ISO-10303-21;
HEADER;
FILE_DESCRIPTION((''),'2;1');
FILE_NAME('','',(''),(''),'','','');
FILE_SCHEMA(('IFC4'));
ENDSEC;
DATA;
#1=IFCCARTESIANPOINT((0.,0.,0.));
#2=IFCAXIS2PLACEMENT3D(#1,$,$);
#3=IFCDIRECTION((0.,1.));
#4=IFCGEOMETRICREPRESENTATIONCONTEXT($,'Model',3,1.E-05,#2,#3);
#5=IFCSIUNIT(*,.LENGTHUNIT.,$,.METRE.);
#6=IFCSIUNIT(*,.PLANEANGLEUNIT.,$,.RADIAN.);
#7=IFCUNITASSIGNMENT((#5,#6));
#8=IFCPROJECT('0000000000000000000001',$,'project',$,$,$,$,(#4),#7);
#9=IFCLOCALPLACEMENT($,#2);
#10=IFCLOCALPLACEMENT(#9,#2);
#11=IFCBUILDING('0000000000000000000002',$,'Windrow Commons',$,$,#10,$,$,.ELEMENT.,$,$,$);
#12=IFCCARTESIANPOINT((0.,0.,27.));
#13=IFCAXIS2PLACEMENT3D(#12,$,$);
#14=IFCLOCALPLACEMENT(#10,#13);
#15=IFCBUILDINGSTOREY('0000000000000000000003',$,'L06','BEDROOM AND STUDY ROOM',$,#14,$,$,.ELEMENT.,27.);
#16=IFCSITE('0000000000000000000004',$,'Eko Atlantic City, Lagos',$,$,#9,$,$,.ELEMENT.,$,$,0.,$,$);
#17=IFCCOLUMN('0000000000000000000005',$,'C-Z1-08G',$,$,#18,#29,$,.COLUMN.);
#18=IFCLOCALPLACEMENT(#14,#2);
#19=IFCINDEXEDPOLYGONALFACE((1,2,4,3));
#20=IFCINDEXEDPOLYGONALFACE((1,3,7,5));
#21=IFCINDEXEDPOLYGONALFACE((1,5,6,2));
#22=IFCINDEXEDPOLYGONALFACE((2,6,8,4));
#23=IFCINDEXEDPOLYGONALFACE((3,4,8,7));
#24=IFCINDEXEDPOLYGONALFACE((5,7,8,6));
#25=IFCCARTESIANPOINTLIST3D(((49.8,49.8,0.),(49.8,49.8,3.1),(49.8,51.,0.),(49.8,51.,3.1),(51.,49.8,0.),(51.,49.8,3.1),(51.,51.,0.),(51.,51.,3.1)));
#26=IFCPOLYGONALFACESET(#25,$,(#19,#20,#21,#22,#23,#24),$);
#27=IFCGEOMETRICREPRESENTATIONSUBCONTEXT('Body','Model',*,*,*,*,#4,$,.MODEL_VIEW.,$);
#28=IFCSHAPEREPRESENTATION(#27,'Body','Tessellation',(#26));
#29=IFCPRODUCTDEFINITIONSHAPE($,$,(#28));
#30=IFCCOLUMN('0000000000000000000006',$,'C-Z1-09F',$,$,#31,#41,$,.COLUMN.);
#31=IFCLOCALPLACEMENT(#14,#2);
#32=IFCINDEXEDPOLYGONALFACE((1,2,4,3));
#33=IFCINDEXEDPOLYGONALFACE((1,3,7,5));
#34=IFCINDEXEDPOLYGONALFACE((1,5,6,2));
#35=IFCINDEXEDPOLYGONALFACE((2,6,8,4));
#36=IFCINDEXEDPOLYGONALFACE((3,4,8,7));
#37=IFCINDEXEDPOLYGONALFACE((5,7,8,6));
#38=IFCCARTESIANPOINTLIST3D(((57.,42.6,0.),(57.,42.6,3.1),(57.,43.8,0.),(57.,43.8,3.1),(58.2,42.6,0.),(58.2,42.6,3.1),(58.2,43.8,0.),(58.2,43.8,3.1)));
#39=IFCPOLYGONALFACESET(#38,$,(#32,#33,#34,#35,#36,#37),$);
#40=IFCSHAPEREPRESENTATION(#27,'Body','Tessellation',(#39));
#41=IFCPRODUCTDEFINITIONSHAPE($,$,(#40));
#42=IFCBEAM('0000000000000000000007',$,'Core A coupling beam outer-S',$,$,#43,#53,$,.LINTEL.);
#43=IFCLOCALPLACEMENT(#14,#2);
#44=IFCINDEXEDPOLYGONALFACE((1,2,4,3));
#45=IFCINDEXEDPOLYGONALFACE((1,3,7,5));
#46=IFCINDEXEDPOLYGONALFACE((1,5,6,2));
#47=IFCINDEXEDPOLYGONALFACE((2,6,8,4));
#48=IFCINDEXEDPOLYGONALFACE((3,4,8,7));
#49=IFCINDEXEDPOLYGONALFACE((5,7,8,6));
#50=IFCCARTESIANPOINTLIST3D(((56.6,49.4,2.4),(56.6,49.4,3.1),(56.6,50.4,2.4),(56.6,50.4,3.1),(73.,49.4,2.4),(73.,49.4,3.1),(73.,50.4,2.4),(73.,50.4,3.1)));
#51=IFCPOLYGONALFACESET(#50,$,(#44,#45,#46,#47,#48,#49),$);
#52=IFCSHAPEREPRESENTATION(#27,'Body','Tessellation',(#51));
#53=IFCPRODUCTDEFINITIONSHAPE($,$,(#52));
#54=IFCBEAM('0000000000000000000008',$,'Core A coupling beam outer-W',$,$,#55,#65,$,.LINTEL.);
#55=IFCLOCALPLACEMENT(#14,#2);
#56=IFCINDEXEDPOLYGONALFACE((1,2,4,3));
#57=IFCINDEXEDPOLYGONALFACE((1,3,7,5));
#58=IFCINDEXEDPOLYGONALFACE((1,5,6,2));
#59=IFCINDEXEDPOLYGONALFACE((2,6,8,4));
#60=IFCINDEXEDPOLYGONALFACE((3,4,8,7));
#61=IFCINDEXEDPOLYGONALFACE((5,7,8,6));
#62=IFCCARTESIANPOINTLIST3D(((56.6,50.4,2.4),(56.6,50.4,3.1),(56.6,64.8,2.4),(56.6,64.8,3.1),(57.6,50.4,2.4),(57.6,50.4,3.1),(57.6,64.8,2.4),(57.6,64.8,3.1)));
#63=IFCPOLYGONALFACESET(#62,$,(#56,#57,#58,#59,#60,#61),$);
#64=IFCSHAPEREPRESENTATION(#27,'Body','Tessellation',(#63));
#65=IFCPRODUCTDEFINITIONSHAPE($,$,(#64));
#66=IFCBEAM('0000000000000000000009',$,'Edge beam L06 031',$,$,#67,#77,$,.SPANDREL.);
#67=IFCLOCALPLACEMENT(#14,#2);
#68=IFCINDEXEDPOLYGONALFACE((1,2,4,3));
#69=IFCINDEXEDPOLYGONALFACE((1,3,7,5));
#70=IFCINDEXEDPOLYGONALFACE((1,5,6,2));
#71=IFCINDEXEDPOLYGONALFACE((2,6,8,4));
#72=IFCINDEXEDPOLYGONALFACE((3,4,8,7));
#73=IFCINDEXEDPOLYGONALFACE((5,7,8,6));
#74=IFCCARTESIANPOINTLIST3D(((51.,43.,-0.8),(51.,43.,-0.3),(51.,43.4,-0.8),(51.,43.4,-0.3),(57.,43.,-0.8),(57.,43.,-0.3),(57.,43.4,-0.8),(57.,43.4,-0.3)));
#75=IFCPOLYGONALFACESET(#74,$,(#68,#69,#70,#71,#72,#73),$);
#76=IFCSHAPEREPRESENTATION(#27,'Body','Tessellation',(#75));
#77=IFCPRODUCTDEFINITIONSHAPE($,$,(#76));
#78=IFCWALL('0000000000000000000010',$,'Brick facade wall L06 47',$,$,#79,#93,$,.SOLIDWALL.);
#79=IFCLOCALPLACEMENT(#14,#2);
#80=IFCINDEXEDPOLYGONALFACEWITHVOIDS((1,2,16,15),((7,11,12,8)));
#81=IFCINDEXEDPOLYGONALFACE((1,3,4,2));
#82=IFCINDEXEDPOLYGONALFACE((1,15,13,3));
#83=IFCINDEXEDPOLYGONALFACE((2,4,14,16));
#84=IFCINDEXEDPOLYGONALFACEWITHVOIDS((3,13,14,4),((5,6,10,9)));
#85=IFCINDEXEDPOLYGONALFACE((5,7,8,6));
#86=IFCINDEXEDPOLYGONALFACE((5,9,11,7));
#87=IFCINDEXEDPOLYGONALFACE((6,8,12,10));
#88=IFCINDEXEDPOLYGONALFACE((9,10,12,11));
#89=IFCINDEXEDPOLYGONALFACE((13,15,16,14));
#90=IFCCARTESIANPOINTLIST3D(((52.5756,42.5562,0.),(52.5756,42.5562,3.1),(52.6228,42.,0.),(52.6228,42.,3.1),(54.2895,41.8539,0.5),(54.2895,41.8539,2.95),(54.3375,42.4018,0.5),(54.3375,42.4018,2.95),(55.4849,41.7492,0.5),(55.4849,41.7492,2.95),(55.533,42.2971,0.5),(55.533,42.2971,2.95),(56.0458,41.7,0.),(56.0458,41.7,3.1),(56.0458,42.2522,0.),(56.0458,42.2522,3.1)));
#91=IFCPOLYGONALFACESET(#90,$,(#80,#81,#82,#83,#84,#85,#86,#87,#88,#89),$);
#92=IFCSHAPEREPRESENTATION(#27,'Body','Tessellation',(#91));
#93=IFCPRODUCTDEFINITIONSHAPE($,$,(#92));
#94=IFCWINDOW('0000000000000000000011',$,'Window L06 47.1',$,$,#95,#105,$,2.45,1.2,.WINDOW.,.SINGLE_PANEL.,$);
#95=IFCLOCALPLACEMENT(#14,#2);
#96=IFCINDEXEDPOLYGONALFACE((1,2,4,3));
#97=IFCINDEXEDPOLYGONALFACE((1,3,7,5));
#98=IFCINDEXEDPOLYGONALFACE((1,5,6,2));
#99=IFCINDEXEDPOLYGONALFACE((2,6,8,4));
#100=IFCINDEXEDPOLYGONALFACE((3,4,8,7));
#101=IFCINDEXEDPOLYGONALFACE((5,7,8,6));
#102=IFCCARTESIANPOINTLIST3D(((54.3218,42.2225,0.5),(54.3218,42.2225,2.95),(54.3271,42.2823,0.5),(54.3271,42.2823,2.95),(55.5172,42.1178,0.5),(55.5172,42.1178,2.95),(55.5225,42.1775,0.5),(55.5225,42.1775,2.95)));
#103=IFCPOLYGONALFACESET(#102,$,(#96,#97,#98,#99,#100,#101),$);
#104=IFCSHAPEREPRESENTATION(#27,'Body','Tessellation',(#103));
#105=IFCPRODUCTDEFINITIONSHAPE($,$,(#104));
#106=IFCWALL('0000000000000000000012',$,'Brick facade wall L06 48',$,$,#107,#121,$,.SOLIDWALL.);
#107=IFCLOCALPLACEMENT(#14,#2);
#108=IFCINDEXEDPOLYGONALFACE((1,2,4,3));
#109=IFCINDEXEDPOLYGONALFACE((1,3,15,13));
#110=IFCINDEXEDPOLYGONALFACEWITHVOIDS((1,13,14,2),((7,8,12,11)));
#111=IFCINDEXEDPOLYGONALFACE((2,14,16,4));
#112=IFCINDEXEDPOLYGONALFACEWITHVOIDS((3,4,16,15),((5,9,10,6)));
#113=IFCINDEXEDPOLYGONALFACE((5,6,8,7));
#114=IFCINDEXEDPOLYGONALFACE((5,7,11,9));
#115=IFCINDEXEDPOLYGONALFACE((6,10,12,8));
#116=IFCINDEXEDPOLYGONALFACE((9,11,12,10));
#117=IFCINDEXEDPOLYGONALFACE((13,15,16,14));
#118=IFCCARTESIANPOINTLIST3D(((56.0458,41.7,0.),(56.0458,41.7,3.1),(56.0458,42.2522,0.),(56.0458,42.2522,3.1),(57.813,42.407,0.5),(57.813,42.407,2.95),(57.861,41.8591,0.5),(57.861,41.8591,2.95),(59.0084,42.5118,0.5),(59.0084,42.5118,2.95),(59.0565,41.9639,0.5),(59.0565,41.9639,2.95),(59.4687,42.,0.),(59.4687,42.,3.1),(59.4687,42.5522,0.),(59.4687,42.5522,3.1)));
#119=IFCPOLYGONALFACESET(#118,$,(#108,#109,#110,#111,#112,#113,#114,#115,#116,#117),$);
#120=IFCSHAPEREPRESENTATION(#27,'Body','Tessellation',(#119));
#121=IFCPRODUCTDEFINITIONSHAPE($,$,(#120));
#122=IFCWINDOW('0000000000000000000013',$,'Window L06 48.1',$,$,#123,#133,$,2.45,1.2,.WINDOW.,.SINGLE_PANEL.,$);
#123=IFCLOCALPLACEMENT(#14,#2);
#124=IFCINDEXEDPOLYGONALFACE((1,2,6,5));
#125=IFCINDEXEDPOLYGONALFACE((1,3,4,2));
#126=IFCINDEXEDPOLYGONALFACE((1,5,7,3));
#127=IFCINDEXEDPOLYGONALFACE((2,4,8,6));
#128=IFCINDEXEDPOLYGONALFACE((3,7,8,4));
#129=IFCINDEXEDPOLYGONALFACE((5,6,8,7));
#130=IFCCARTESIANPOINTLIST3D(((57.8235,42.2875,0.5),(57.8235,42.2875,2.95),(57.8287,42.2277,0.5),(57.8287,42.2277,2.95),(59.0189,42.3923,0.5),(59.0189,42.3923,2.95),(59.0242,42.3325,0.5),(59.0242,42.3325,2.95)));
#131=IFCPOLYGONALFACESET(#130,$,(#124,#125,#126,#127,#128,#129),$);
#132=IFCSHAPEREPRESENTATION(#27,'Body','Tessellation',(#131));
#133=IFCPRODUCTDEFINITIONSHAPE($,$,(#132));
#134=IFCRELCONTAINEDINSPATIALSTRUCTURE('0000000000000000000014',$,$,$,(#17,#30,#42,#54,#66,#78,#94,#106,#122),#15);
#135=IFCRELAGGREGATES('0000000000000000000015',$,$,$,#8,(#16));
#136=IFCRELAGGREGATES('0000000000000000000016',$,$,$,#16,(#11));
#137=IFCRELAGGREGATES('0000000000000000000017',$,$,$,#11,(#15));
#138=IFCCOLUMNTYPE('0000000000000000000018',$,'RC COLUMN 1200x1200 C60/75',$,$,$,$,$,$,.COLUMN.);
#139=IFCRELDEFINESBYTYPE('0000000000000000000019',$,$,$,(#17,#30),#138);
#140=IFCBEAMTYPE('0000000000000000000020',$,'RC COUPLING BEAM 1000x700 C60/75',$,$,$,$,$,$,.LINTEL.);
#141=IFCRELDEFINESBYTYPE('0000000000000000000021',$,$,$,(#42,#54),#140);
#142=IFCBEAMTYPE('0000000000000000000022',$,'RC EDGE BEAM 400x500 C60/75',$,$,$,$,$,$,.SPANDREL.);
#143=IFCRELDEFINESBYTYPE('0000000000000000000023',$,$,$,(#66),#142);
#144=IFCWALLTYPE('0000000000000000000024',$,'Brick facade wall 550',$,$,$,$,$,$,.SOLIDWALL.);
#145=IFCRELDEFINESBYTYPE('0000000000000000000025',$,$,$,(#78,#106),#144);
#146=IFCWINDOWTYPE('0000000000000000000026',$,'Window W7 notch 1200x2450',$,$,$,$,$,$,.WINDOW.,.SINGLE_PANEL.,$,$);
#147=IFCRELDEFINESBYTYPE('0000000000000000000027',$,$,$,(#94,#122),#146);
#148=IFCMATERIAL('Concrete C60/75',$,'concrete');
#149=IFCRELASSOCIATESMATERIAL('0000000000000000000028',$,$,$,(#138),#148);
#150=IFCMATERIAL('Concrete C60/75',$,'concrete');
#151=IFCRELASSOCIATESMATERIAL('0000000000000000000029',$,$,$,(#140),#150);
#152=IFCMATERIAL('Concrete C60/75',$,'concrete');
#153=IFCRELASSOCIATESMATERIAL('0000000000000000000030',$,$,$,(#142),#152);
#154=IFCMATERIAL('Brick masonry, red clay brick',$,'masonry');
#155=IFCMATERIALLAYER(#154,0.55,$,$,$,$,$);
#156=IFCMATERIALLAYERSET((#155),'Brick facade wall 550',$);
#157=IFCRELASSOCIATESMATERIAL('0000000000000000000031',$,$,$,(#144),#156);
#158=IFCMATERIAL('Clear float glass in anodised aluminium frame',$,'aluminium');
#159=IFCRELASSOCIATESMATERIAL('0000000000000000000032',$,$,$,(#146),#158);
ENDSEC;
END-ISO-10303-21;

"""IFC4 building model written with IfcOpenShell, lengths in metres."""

from ifc_helpers import new_model, si_unit, direction, frame, frame_2d, origin, origin_2d, place, context, subcontext, project, spatial, polyline, rectangle, outline, extrude, material, layer, layer_set, material_profile, profile_set, type_object, element, fill, save


model = new_model("IFC4")

# Units and contexts
model_context = context("Model", 3, precision=1e-05, world=origin(), true_north=direction((0.0, 1.0)))
body_context = subcontext(model_context, "Body", "Model", "MODEL_VIEW")
ifc_project = project(units=[si_unit("LENGTHUNIT", "METRE"), si_unit("PLANEANGLEUNIT", "RADIAN")], contexts=[model_context])

# Site, building, storey
site_placement = place(None, origin())
site = spatial("IfcSite", under=ifc_project, at=site_placement, Name="Eko Atlantic City, Lagos", CompositionType="ELEMENT", RefElevation=0.0)
building_placement = place(site_placement, origin())
building = spatial("IfcBuilding", under=site, at=building_placement, Name="Windrow Commons", CompositionType="ELEMENT")
storey_placement = place(building_placement, frame((0.0, 0.0, 27.0)))
storey = spatial("IfcBuildingStorey", under=building, at=storey_placement, Name="L06", Description="BEDROOM AND STUDY ROOM", CompositionType="ELEMENT", Elevation=27.0)

# Columns
ifc_material_1 = material(Name="Concrete C60/75", Category="concrete")
ifc_material_profile_1 = material_profile(ifc_material_1, rectangle(XDim=1.2, YDim=1.2, at=origin_2d()))
ifc_profile_set_1 = profile_set([ifc_material_profile_1], Name="Concrete C60/75")
column_type = type_object("IfcColumnType", Name="RC COLUMN 1200x1200 C60/75", PredefinedType="COLUMN", material=ifc_profile_set_1)
for number, where, z_axis, x_axis, name in (
    (1, (50.4, 50.4, 0.0), (0.0, 0.0, 1.0), (1.0, 0.0, 0.0), "C-Z1-08G"),
    (2, (57.6, 43.2, 0.0), (0.0, 0.0, 1.0), (1.0, 0.0, 0.0), "C-Z1-09F"),
):
    element("IfcColumn", number, at=place(storey_placement, frame(where, z_axis=z_axis, x_axis=x_axis)), inside=storey, type_object=column_type, Name=name, PredefinedType="COLUMN", context=body_context, shape_type="SweptSolid", body=[
        extrude(rectangle(XDim=1.2, YDim=1.2, at=origin_2d()), origin(), (0.0, 0.0, 1.0), 3.1),
    ])

# Beams
ifc_material_2 = material(Name="Concrete C60/75", Category="concrete")
ifc_material_profile_2 = material_profile(ifc_material_2, rectangle(XDim=1.0, YDim=0.7, at=origin_2d()))
ifc_profile_set_2 = profile_set([ifc_material_profile_2], Name="Concrete C60/75")
beam_type_1 = type_object("IfcBeamType", Name="RC COUPLING BEAM 1000x700 C60/75", PredefinedType="LINTEL", material=ifc_profile_set_2)
beam_1_placement = place(storey_placement, frame((56.6, 49.9, 2.75), z_axis=(1.0, 0.0, 0.0), x_axis=(0.0, 1.0, 0.0)))
element("IfcBeam", 3, at=beam_1_placement, inside=storey, type_object=beam_type_1, Name="Core A coupling beam outer-S", PredefinedType="LINTEL", context=body_context, shape_type="SweptSolid", body=[
    extrude(rectangle(XDim=1.0, YDim=0.7, at=origin_2d()), origin(), (0.0, 0.0, 1.0), 16.4),
])
beam_2_placement = place(storey_placement, frame((57.1, 50.4, 2.75), z_axis=(0.0, 1.0, 0.0), x_axis=(-1.0, 0.0, 0.0)))
element("IfcBeam", 4, at=beam_2_placement, inside=storey, type_object=beam_type_1, Name="Core A coupling beam outer-W", PredefinedType="LINTEL", context=body_context, shape_type="SweptSolid", body=[
    extrude(rectangle(XDim=1.0, YDim=0.7, at=origin_2d()), origin(), (0.0, 0.0, 1.0), 14.4),
])
ifc_material_3 = material(Name="Concrete C60/75", Category="concrete")
ifc_material_profile_3 = material_profile(ifc_material_3, rectangle(XDim=0.4, YDim=0.5, at=origin_2d()))
ifc_profile_set_3 = profile_set([ifc_material_profile_3], Name="Concrete C60/75")
beam_type_2 = type_object("IfcBeamType", Name="RC EDGE BEAM 400x500 C60/75", PredefinedType="SPANDREL", material=ifc_profile_set_3)
beam_3_placement = place(storey_placement, frame((57.0, 43.2, -0.55), z_axis=(-1.0, 0.0, 0.0), x_axis=(0.0, -1.0, 0.0)))
element("IfcBeam", 5, at=beam_3_placement, inside=storey, type_object=beam_type_2, Name="Edge beam L06 031", PredefinedType="SPANDREL", context=body_context, shape_type="SweptSolid", body=[
    extrude(rectangle(XDim=0.4, YDim=0.5, at=origin_2d()), origin(), (0.0, 0.0, 1.0), 6.0),
])

# Walls, openings, windows
ifc_material_4 = material(Name="Brick masonry, red clay brick", Category="masonry")
ifc_layer_1 = layer(ifc_material_4, 0.55)
ifc_layer_set_1 = layer_set([ifc_layer_1], Name="Brick facade wall 550")
wall_type_1 = type_object("IfcWallType", Name="Brick facade wall 550", PredefinedType="SOLIDWALL", material=ifc_layer_set_1)
wall_1_placement = place(storey_placement, frame((52.5992, 42.2781, 0.0), z_axis=(0.0, 0.0, 1.0), x_axis=(0.996183, -0.087288, 0.0)))
wall_1 = element("IfcWall", 6, at=wall_1_placement, inside=storey, type_object=wall_type_1, Name="Brick facade wall L06 47", PredefinedType="SOLIDWALL", context=body_context, shape_type="SweptSolid", body=[
    extrude(outline(polyline([(0.0478, -0.275), (3.4839, -0.275), (3.4357, 0.275), (-0.0478, 0.275), (0.0478, -0.275)])), origin(), (0.0, 0.0, 1.0), 3.1),
])
opening_1_placement = place(wall_1_placement, frame((1.7209, 0.0, 0.5)))
opening_1 = element("IfcOpeningElement", 7, at=opening_1_placement, cuts=wall_1, PredefinedType="OPENING", context=body_context, shape_type="SweptSolid", body=[
    extrude(rectangle(XDim=1.2, YDim=2.45, at=frame_2d((0.6, 1.225))), frame((0.0, 0.285, 0.0), z_axis=(0.0, -1.0, 0.0), x_axis=(1.0, 0.0, 0.0)), (0.0, 0.0, 1.0), 0.57),
])
ifc_material_5 = material(Name="Clear float glass in anodised aluminium frame", Category="aluminium")
window_type = type_object("IfcWindowType", Name="Window W7 notch 1200x2450", PartitioningType="SINGLE_PANEL", PredefinedType="WINDOW", material=ifc_material_5)
window_1_placement = place(opening_1_placement, origin())
window_1 = element("IfcWindow", 8, at=window_1_placement, inside=storey, type_object=window_type, Name="Window L06 47.1", OverallHeight=2.45, OverallWidth=1.2, PartitioningType="SINGLE_PANEL", PredefinedType="WINDOW", context=body_context, shape_type="SweptSolid", body=[
    extrude(rectangle(XDim=1.2, YDim=2.45, at=frame_2d((0.6, 1.225))), frame((0.0, 0.155, 0.0), z_axis=(0.0, -1.0, 0.0), x_axis=(1.0, 0.0, 0.0)), (0.0, 0.0, 1.0), 0.06),
])
fill(opening_1, window_1)
wall_2_placement = place(storey_placement, frame((56.0458, 41.9761, 0.0), z_axis=(0.0, 0.0, 1.0), x_axis=(0.996181, 0.08731, 0.0)))
wall_2 = element("IfcWall", 9, at=wall_2_placement, inside=storey, type_object=wall_type_1, Name="Brick facade wall L06 48", PredefinedType="SOLIDWALL", context=body_context, shape_type="SweptSolid", body=[
    extrude(outline(polyline([(-0.0241, -0.275), (3.4119, -0.275), (3.4601, 0.275), (0.0241, 0.275), (-0.0241, -0.275)])), origin(), (0.0, 0.0, 1.0), 3.1),
])
opening_2_placement = place(wall_2_placement, frame((1.7981, 0.0, 0.5)))
opening_2 = element("IfcOpeningElement", 10, at=opening_2_placement, cuts=wall_2, PredefinedType="OPENING", context=body_context, shape_type="SweptSolid", body=[
    extrude(rectangle(XDim=1.2, YDim=2.45, at=frame_2d((0.6, 1.225))), frame((0.0, 0.285, 0.0), z_axis=(0.0, -1.0, 0.0), x_axis=(1.0, 0.0, 0.0)), (0.0, 0.0, 1.0), 0.57),
])
window_2_placement = place(opening_2_placement, origin())
window_2 = element("IfcWindow", 11, at=window_2_placement, inside=storey, type_object=window_type, Name="Window L06 48.1", OverallHeight=2.45, OverallWidth=1.2, PartitioningType="SINGLE_PANEL", PredefinedType="WINDOW", context=body_context, shape_type="SweptSolid", body=[
    extrude(rectangle(XDim=1.2, YDim=2.45, at=frame_2d((0.6, 1.225))), frame((0.0, 0.155, 0.0), z_axis=(0.0, -1.0, 0.0), x_axis=(1.0, 0.0, 0.0)), (0.0, 0.0, 1.0), 0.06),
])
fill(opening_2, window_2)

save(model, "model.ifc")
